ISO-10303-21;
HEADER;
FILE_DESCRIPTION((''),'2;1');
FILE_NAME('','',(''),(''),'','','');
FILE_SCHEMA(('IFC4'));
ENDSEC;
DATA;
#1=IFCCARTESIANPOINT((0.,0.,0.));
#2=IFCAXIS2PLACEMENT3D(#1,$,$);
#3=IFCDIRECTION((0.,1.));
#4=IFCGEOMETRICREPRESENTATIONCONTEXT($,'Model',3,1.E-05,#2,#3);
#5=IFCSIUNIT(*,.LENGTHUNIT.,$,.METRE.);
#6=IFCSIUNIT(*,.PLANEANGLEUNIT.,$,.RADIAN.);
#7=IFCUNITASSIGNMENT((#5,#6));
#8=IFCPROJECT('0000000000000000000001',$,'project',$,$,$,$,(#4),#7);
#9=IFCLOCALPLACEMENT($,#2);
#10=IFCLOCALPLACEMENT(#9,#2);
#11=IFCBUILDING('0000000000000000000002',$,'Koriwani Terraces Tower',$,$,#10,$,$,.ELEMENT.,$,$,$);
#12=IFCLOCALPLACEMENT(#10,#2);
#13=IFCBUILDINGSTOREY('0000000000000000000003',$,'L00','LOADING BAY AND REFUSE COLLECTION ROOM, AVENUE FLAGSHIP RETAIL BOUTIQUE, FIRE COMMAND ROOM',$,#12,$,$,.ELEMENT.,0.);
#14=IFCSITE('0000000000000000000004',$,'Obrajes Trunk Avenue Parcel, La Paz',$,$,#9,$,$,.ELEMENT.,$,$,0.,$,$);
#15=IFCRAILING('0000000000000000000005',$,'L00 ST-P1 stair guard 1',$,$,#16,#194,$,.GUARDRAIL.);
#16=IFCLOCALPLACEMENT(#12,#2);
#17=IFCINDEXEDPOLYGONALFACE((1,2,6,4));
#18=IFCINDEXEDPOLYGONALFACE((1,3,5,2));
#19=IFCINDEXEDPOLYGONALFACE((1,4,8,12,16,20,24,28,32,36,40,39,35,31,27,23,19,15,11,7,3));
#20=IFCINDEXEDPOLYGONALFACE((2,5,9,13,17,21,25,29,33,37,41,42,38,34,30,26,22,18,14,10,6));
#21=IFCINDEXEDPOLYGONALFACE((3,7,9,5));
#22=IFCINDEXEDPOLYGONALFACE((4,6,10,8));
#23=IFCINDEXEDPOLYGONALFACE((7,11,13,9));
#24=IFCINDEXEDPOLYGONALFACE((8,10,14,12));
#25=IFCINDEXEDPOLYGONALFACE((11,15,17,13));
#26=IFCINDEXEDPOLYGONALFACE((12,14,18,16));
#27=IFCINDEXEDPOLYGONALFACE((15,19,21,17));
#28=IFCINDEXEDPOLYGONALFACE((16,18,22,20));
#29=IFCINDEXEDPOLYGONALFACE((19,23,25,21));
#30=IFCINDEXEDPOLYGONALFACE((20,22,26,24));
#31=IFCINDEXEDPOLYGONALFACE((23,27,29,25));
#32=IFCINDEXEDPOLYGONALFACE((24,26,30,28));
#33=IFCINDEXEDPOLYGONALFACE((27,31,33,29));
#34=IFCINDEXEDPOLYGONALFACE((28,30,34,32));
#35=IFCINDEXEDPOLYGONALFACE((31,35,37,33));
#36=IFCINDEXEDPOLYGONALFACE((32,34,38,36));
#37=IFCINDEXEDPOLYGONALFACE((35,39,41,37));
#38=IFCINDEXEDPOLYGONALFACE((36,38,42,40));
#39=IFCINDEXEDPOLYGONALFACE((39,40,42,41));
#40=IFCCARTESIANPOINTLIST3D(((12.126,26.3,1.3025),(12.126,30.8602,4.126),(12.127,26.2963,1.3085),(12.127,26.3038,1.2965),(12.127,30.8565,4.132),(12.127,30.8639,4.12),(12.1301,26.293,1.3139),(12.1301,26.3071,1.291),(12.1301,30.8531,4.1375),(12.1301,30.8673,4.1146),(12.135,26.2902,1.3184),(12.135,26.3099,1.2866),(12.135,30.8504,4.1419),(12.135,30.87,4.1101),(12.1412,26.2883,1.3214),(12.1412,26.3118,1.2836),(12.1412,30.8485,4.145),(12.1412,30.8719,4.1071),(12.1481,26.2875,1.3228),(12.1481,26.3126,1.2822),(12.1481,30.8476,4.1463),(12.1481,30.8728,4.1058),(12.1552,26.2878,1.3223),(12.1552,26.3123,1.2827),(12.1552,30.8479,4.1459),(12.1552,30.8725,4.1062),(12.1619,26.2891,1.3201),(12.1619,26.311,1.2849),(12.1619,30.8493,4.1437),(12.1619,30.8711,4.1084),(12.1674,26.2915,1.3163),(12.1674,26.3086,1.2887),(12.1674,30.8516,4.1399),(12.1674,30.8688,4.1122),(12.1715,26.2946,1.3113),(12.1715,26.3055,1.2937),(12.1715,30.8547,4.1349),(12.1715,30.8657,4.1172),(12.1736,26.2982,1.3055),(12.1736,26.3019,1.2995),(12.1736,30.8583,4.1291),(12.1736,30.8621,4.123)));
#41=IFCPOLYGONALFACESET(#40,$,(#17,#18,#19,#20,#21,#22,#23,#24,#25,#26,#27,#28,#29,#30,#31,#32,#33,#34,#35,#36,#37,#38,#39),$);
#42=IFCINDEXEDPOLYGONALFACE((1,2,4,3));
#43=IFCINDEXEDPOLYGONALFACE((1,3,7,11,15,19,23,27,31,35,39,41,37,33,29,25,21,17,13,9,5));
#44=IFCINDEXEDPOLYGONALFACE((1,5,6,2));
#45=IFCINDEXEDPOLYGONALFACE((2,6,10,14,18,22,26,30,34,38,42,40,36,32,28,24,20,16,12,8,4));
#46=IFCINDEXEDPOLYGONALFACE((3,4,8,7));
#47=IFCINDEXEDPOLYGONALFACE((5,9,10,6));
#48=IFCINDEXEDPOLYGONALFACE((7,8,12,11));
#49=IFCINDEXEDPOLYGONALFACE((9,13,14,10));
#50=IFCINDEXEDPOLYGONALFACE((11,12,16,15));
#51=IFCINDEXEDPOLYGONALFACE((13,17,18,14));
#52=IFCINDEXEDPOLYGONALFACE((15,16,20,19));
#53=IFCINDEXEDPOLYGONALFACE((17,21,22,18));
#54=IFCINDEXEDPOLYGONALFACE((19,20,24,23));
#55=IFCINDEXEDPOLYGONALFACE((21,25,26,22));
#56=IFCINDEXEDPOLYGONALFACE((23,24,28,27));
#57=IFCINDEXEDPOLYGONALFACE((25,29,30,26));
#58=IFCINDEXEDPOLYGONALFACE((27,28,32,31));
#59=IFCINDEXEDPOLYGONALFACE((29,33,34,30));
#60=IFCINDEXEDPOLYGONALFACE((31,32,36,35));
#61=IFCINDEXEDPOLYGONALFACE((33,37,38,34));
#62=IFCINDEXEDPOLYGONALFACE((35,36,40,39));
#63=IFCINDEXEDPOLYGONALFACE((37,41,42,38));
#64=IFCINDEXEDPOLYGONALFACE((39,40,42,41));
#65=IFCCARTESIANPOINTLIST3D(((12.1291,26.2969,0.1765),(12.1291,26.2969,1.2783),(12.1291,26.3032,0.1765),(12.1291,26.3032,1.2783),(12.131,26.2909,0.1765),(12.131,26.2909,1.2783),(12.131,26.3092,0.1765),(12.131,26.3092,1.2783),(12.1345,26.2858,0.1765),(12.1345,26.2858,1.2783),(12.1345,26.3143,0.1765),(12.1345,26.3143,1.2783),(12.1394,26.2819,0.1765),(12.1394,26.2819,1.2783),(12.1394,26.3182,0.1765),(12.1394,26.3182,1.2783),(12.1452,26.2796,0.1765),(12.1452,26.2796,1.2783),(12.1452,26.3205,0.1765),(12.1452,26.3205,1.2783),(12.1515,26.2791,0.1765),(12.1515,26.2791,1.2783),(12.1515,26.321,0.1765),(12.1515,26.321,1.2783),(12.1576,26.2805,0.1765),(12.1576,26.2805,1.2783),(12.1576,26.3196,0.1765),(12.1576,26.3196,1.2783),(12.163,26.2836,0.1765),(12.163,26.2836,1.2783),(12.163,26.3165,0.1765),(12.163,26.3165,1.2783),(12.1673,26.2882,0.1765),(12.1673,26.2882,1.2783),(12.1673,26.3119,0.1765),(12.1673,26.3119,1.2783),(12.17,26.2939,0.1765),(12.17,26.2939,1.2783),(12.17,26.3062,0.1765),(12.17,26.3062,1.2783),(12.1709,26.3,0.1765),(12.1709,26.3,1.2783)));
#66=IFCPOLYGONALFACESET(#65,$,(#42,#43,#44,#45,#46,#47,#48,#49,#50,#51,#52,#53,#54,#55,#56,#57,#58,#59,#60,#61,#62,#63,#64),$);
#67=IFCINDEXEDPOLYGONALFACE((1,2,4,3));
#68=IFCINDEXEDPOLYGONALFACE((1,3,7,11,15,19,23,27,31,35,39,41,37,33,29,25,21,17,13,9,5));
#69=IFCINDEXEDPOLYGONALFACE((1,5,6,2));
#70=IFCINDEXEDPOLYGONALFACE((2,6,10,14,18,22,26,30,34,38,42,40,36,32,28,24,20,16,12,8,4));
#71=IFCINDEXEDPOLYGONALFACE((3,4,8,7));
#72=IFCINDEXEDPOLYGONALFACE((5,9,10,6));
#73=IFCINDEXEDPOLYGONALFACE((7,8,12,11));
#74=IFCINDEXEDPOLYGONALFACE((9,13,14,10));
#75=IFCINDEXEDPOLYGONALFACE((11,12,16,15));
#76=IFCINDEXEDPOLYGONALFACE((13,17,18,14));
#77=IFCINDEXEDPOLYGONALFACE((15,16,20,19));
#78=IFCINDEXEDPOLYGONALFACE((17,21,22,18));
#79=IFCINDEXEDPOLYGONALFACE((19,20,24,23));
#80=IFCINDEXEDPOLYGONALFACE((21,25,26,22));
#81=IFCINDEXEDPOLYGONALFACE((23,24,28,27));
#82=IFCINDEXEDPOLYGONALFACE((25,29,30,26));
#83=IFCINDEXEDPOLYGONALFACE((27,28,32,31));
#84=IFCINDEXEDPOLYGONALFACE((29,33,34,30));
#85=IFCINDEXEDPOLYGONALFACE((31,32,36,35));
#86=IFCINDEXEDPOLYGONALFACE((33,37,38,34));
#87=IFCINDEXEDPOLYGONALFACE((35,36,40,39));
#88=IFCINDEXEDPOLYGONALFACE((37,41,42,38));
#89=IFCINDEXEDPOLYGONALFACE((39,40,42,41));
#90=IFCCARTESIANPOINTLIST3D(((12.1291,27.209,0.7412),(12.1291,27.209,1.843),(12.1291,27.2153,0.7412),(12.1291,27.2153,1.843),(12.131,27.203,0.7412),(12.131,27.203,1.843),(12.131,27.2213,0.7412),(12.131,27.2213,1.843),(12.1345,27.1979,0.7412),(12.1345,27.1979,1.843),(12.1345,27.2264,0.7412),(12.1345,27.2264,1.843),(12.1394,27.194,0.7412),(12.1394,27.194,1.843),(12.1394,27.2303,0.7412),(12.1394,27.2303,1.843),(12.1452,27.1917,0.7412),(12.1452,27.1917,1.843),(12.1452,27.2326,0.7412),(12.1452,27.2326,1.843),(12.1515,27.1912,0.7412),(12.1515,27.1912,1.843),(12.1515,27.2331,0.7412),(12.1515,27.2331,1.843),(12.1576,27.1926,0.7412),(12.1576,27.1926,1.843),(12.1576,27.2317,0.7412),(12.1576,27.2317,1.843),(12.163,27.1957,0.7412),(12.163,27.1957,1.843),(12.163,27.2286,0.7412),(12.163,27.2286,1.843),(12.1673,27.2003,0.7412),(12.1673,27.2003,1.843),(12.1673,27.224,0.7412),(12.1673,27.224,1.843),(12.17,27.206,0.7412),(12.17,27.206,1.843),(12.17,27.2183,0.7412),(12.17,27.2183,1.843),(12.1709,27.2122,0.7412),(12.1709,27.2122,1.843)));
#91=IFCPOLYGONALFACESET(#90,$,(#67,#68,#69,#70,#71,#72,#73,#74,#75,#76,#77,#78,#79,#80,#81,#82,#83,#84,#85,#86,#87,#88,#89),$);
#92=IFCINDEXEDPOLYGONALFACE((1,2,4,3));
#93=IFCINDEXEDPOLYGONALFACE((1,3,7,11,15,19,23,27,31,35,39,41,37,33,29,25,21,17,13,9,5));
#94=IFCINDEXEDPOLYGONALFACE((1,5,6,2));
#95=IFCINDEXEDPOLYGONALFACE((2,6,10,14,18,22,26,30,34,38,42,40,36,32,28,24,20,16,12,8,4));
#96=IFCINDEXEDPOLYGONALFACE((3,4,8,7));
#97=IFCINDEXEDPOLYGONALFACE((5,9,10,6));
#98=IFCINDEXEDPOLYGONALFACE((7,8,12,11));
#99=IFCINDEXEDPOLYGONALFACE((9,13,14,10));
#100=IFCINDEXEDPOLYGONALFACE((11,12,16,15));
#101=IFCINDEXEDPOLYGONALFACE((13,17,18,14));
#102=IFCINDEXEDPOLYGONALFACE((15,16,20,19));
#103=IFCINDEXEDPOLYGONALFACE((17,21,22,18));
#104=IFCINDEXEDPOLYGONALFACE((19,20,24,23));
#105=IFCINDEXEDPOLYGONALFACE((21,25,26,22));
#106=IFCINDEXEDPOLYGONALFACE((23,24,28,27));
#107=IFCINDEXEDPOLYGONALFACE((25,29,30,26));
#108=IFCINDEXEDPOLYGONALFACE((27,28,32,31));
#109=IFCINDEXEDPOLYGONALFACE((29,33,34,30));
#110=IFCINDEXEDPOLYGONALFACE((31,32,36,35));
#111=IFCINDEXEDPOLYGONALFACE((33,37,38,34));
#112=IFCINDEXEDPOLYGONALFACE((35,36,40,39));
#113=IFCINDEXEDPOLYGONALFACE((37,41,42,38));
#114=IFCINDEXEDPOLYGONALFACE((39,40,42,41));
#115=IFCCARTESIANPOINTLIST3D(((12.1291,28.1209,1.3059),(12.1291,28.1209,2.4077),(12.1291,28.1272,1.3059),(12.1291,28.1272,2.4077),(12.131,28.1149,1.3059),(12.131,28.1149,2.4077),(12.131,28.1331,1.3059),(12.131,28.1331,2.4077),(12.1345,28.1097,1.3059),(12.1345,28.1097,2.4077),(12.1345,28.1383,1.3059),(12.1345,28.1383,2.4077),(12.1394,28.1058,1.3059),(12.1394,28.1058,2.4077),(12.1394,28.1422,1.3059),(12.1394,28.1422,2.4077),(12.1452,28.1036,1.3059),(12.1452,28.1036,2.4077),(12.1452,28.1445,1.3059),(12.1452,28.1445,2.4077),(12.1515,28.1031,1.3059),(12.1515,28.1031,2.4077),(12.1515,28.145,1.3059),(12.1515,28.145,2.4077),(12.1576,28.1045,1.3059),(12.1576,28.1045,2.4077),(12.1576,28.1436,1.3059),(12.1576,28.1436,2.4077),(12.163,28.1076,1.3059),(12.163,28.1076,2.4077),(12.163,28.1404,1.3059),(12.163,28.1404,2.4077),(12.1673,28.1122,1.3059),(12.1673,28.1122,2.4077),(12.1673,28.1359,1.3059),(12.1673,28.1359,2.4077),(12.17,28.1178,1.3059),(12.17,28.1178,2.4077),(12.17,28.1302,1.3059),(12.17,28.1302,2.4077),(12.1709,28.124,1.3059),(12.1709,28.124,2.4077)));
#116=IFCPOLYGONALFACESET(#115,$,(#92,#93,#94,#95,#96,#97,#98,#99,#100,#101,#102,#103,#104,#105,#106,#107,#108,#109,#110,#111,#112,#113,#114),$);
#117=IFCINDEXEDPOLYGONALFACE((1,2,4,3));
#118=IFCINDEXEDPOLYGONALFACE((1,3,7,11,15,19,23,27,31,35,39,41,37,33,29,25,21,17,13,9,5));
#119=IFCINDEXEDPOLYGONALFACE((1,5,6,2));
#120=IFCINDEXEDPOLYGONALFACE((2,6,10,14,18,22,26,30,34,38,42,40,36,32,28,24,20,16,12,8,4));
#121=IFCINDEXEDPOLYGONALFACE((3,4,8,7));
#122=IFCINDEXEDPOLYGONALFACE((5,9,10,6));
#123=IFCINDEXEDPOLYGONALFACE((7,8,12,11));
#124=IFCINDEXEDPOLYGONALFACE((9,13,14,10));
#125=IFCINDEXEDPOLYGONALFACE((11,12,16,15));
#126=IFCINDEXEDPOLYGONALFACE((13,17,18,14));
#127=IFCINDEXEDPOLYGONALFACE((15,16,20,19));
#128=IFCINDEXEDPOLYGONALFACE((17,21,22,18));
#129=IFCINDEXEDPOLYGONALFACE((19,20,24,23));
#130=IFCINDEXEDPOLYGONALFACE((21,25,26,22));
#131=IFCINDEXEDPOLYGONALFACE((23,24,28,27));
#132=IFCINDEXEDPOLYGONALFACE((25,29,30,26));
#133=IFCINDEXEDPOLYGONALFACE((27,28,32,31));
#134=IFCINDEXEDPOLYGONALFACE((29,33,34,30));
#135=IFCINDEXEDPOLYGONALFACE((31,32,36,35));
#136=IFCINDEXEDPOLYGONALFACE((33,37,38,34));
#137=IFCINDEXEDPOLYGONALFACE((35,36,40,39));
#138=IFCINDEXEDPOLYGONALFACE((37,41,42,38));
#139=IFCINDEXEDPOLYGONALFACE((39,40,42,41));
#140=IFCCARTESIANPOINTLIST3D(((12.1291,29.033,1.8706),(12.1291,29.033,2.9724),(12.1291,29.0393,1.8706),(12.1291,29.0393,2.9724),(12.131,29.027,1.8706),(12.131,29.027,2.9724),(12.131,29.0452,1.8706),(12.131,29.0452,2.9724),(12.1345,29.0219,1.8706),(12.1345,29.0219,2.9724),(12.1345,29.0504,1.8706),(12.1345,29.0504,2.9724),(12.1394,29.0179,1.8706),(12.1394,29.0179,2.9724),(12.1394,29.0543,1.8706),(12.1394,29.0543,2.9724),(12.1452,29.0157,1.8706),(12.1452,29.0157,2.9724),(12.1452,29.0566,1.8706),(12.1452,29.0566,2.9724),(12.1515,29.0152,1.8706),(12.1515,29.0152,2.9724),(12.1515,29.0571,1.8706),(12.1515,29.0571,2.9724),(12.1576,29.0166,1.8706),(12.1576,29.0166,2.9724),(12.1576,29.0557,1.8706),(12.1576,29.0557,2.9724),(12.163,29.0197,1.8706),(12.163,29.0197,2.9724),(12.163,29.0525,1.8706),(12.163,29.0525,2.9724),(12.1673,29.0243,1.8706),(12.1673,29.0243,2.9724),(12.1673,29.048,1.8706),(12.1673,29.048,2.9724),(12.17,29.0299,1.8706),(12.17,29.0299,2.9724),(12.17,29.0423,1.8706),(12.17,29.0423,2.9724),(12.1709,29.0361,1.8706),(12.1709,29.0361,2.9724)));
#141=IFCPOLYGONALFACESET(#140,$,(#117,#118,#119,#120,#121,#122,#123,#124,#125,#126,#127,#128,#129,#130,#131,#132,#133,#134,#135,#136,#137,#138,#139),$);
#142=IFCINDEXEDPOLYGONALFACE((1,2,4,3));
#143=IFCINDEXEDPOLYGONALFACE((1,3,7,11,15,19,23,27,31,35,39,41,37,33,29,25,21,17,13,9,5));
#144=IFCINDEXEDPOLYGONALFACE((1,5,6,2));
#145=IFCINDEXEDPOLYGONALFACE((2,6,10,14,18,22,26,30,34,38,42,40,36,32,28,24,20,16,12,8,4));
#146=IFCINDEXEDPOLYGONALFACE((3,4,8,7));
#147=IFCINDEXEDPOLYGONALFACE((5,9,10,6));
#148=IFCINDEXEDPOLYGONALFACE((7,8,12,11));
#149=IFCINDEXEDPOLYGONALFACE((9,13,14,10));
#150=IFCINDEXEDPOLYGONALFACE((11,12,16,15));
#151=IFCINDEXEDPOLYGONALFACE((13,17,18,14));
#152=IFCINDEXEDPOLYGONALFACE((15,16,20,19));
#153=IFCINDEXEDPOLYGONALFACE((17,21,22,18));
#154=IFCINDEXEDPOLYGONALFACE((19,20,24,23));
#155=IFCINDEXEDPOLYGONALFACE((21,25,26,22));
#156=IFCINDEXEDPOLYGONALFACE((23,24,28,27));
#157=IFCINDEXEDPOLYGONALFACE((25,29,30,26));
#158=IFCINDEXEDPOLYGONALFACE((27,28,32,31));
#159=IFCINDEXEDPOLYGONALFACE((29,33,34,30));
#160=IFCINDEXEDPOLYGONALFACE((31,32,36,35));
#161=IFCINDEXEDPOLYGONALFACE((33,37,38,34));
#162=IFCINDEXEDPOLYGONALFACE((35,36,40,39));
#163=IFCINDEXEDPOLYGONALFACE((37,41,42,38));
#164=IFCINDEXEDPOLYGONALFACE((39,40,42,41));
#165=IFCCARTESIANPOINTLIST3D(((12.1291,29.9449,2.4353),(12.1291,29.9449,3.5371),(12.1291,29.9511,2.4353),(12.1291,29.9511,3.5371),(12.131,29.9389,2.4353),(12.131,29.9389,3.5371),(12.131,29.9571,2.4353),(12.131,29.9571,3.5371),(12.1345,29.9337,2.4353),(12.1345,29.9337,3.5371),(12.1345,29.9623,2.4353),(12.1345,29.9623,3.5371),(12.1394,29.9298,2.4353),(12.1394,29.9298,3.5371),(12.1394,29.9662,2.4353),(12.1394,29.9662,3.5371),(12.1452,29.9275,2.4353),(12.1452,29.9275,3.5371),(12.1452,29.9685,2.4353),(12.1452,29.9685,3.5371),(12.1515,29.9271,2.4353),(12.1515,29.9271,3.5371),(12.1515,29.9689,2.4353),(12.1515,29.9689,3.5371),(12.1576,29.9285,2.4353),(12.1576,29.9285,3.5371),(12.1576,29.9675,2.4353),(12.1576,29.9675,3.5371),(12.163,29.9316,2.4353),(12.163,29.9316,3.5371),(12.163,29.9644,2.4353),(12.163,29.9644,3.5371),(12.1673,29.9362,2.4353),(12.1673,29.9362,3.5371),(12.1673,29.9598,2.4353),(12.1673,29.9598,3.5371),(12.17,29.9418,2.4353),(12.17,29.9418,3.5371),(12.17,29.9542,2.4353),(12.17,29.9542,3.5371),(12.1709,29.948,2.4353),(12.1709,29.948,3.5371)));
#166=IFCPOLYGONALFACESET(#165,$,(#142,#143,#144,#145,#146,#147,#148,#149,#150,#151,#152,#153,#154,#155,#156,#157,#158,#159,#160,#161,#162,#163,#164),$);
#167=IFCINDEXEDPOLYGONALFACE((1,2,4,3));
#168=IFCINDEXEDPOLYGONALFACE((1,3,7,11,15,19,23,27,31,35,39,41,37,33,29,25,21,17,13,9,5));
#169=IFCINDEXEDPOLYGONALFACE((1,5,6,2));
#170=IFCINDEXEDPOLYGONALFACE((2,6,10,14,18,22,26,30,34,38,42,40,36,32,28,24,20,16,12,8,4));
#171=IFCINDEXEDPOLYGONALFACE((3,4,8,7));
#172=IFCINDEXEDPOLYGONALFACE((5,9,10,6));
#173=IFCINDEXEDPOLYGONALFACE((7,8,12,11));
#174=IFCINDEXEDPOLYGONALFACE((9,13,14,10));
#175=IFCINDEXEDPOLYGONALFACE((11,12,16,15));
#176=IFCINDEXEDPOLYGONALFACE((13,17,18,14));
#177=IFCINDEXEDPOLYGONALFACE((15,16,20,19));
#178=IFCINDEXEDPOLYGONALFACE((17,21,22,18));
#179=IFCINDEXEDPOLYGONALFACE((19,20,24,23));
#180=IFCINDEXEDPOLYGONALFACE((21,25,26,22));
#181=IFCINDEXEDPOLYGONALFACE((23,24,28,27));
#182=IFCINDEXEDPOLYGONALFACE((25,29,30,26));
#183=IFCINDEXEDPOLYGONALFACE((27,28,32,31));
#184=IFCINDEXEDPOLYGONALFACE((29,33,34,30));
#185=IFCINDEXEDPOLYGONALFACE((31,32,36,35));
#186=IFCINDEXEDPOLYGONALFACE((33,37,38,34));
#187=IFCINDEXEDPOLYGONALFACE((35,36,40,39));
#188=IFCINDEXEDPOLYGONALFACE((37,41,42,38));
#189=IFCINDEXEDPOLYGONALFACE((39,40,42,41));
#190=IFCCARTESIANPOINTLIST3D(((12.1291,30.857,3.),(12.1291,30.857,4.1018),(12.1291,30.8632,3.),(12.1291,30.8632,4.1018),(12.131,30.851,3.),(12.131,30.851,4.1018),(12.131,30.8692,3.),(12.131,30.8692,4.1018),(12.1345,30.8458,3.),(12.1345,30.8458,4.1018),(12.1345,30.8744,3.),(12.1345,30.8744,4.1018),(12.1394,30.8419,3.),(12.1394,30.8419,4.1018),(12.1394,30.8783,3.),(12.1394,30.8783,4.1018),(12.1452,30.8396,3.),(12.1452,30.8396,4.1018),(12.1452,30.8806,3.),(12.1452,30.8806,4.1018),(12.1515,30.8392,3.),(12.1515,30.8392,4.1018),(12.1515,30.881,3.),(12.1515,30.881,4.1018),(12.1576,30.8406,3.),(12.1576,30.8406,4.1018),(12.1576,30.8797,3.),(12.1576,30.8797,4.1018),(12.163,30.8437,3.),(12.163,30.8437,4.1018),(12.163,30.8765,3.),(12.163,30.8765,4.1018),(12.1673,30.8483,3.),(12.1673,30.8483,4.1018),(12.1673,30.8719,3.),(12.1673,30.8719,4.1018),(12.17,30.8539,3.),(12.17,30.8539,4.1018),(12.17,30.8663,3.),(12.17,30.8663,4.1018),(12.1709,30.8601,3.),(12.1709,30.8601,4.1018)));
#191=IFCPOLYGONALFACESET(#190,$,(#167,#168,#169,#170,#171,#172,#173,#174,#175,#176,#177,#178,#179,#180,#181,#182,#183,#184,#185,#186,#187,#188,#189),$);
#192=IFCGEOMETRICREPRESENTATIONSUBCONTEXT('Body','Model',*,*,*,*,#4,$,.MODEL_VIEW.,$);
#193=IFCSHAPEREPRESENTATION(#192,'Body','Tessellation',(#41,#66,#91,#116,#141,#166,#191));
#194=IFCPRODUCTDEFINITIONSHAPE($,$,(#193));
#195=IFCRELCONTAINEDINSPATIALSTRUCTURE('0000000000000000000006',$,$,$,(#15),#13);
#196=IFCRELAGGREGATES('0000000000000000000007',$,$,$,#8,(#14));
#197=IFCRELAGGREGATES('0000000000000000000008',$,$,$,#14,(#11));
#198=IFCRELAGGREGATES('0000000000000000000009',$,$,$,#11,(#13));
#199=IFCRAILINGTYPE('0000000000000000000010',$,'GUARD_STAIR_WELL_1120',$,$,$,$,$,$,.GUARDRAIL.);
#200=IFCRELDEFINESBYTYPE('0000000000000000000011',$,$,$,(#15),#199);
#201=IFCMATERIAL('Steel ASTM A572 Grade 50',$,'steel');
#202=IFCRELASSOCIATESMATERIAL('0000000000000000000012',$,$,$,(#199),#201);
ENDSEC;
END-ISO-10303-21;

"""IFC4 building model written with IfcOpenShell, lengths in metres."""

from ifc_helpers import new_model, si_unit, direction, frame, origin, origin_2d, place, context, subcontext, project, spatial, circle, extrude, material, type_object, element, save


model = new_model("IFC4")

# Units and contexts
model_context = context("Model", 3, precision=1e-05, world=origin(), true_north=direction((0.0, 1.0)))
body_context = subcontext(model_context, "Body", "Model", "MODEL_VIEW")
ifc_project = project(units=[si_unit("LENGTHUNIT", "METRE"), si_unit("PLANEANGLEUNIT", "RADIAN")], contexts=[model_context])

# Site, building, storey
site_placement = place(None, origin())
site = spatial("IfcSite", under=ifc_project, at=site_placement, Name="Obrajes Trunk Avenue Parcel, La Paz", CompositionType="ELEMENT", RefElevation=0.0)
building_placement = place(site_placement, origin())
building = spatial("IfcBuilding", under=site, at=building_placement, Name="Koriwani Terraces Tower", CompositionType="ELEMENT")
storey_placement = place(building_placement, origin())
storey = spatial("IfcBuildingStorey", under=building, at=storey_placement, Name="L00", Description="LOADING BAY AND REFUSE COLLECTION ROOM, AVENUE FLAGSHIP RETAIL BOUTIQUE, FIRE COMMAND ROOM", CompositionType="ELEMENT", Elevation=0.0)

# Shared definitions
ifc_material_1 = material(Name="Steel ASTM A572 Grade 50", Category="steel")

# Railing
railing_type_1 = type_object("IfcRailingType", Name="GUARD_STAIR_WELL_1120", PredefinedType="GUARDRAIL", material=ifc_material_1)
railing_1_placement = place(storey_placement, frame((12.1499, 26.3, 0.1765)))
element("IfcRailing", 1, at=railing_1_placement, inside=storey, type_object=railing_type_1, Name="L00 ST-P1 stair guard 1", PredefinedType="GUARDRAIL", context=body_context, shape_type="SweptSolid", body=[
    extrude(circle(Radius=0.0239, at=origin_2d()), frame((0.0, 0.0, 1.126), z_axis=(0.0, 0.850216, 0.526435), x_axis=(-1.0, 0.0, 0.0)), (0.0, 0.0, 1.0), 5.3635),
    extrude(circle(Radius=0.021, at=origin_2d()), origin(), (0.0, 0.0, 1.0), 1.1018),
    extrude(circle(Radius=0.021, at=origin_2d()), frame((0.0, 0.9121, 0.5647)), (0.0, 0.0, 1.0), 1.1018),
    extrude(circle(Radius=0.021, at=origin_2d()), frame((0.0, 1.824, 1.1294)), (0.0, 0.0, 1.0), 1.1018),
    extrude(circle(Radius=0.021, at=origin_2d()), frame((0.0, 2.7361, 1.6941)), (0.0, 0.0, 1.0), 1.1018),
    extrude(circle(Radius=0.021, at=origin_2d()), frame((0.0, 3.6479, 2.2588)), (0.0, 0.0, 1.0), 1.1018),
    extrude(circle(Radius=0.021, at=origin_2d()), frame((0.0, 4.5601, 2.8235)), (0.0, 0.0, 1.0), 1.1018),
])

save(model, "model.ifc")
